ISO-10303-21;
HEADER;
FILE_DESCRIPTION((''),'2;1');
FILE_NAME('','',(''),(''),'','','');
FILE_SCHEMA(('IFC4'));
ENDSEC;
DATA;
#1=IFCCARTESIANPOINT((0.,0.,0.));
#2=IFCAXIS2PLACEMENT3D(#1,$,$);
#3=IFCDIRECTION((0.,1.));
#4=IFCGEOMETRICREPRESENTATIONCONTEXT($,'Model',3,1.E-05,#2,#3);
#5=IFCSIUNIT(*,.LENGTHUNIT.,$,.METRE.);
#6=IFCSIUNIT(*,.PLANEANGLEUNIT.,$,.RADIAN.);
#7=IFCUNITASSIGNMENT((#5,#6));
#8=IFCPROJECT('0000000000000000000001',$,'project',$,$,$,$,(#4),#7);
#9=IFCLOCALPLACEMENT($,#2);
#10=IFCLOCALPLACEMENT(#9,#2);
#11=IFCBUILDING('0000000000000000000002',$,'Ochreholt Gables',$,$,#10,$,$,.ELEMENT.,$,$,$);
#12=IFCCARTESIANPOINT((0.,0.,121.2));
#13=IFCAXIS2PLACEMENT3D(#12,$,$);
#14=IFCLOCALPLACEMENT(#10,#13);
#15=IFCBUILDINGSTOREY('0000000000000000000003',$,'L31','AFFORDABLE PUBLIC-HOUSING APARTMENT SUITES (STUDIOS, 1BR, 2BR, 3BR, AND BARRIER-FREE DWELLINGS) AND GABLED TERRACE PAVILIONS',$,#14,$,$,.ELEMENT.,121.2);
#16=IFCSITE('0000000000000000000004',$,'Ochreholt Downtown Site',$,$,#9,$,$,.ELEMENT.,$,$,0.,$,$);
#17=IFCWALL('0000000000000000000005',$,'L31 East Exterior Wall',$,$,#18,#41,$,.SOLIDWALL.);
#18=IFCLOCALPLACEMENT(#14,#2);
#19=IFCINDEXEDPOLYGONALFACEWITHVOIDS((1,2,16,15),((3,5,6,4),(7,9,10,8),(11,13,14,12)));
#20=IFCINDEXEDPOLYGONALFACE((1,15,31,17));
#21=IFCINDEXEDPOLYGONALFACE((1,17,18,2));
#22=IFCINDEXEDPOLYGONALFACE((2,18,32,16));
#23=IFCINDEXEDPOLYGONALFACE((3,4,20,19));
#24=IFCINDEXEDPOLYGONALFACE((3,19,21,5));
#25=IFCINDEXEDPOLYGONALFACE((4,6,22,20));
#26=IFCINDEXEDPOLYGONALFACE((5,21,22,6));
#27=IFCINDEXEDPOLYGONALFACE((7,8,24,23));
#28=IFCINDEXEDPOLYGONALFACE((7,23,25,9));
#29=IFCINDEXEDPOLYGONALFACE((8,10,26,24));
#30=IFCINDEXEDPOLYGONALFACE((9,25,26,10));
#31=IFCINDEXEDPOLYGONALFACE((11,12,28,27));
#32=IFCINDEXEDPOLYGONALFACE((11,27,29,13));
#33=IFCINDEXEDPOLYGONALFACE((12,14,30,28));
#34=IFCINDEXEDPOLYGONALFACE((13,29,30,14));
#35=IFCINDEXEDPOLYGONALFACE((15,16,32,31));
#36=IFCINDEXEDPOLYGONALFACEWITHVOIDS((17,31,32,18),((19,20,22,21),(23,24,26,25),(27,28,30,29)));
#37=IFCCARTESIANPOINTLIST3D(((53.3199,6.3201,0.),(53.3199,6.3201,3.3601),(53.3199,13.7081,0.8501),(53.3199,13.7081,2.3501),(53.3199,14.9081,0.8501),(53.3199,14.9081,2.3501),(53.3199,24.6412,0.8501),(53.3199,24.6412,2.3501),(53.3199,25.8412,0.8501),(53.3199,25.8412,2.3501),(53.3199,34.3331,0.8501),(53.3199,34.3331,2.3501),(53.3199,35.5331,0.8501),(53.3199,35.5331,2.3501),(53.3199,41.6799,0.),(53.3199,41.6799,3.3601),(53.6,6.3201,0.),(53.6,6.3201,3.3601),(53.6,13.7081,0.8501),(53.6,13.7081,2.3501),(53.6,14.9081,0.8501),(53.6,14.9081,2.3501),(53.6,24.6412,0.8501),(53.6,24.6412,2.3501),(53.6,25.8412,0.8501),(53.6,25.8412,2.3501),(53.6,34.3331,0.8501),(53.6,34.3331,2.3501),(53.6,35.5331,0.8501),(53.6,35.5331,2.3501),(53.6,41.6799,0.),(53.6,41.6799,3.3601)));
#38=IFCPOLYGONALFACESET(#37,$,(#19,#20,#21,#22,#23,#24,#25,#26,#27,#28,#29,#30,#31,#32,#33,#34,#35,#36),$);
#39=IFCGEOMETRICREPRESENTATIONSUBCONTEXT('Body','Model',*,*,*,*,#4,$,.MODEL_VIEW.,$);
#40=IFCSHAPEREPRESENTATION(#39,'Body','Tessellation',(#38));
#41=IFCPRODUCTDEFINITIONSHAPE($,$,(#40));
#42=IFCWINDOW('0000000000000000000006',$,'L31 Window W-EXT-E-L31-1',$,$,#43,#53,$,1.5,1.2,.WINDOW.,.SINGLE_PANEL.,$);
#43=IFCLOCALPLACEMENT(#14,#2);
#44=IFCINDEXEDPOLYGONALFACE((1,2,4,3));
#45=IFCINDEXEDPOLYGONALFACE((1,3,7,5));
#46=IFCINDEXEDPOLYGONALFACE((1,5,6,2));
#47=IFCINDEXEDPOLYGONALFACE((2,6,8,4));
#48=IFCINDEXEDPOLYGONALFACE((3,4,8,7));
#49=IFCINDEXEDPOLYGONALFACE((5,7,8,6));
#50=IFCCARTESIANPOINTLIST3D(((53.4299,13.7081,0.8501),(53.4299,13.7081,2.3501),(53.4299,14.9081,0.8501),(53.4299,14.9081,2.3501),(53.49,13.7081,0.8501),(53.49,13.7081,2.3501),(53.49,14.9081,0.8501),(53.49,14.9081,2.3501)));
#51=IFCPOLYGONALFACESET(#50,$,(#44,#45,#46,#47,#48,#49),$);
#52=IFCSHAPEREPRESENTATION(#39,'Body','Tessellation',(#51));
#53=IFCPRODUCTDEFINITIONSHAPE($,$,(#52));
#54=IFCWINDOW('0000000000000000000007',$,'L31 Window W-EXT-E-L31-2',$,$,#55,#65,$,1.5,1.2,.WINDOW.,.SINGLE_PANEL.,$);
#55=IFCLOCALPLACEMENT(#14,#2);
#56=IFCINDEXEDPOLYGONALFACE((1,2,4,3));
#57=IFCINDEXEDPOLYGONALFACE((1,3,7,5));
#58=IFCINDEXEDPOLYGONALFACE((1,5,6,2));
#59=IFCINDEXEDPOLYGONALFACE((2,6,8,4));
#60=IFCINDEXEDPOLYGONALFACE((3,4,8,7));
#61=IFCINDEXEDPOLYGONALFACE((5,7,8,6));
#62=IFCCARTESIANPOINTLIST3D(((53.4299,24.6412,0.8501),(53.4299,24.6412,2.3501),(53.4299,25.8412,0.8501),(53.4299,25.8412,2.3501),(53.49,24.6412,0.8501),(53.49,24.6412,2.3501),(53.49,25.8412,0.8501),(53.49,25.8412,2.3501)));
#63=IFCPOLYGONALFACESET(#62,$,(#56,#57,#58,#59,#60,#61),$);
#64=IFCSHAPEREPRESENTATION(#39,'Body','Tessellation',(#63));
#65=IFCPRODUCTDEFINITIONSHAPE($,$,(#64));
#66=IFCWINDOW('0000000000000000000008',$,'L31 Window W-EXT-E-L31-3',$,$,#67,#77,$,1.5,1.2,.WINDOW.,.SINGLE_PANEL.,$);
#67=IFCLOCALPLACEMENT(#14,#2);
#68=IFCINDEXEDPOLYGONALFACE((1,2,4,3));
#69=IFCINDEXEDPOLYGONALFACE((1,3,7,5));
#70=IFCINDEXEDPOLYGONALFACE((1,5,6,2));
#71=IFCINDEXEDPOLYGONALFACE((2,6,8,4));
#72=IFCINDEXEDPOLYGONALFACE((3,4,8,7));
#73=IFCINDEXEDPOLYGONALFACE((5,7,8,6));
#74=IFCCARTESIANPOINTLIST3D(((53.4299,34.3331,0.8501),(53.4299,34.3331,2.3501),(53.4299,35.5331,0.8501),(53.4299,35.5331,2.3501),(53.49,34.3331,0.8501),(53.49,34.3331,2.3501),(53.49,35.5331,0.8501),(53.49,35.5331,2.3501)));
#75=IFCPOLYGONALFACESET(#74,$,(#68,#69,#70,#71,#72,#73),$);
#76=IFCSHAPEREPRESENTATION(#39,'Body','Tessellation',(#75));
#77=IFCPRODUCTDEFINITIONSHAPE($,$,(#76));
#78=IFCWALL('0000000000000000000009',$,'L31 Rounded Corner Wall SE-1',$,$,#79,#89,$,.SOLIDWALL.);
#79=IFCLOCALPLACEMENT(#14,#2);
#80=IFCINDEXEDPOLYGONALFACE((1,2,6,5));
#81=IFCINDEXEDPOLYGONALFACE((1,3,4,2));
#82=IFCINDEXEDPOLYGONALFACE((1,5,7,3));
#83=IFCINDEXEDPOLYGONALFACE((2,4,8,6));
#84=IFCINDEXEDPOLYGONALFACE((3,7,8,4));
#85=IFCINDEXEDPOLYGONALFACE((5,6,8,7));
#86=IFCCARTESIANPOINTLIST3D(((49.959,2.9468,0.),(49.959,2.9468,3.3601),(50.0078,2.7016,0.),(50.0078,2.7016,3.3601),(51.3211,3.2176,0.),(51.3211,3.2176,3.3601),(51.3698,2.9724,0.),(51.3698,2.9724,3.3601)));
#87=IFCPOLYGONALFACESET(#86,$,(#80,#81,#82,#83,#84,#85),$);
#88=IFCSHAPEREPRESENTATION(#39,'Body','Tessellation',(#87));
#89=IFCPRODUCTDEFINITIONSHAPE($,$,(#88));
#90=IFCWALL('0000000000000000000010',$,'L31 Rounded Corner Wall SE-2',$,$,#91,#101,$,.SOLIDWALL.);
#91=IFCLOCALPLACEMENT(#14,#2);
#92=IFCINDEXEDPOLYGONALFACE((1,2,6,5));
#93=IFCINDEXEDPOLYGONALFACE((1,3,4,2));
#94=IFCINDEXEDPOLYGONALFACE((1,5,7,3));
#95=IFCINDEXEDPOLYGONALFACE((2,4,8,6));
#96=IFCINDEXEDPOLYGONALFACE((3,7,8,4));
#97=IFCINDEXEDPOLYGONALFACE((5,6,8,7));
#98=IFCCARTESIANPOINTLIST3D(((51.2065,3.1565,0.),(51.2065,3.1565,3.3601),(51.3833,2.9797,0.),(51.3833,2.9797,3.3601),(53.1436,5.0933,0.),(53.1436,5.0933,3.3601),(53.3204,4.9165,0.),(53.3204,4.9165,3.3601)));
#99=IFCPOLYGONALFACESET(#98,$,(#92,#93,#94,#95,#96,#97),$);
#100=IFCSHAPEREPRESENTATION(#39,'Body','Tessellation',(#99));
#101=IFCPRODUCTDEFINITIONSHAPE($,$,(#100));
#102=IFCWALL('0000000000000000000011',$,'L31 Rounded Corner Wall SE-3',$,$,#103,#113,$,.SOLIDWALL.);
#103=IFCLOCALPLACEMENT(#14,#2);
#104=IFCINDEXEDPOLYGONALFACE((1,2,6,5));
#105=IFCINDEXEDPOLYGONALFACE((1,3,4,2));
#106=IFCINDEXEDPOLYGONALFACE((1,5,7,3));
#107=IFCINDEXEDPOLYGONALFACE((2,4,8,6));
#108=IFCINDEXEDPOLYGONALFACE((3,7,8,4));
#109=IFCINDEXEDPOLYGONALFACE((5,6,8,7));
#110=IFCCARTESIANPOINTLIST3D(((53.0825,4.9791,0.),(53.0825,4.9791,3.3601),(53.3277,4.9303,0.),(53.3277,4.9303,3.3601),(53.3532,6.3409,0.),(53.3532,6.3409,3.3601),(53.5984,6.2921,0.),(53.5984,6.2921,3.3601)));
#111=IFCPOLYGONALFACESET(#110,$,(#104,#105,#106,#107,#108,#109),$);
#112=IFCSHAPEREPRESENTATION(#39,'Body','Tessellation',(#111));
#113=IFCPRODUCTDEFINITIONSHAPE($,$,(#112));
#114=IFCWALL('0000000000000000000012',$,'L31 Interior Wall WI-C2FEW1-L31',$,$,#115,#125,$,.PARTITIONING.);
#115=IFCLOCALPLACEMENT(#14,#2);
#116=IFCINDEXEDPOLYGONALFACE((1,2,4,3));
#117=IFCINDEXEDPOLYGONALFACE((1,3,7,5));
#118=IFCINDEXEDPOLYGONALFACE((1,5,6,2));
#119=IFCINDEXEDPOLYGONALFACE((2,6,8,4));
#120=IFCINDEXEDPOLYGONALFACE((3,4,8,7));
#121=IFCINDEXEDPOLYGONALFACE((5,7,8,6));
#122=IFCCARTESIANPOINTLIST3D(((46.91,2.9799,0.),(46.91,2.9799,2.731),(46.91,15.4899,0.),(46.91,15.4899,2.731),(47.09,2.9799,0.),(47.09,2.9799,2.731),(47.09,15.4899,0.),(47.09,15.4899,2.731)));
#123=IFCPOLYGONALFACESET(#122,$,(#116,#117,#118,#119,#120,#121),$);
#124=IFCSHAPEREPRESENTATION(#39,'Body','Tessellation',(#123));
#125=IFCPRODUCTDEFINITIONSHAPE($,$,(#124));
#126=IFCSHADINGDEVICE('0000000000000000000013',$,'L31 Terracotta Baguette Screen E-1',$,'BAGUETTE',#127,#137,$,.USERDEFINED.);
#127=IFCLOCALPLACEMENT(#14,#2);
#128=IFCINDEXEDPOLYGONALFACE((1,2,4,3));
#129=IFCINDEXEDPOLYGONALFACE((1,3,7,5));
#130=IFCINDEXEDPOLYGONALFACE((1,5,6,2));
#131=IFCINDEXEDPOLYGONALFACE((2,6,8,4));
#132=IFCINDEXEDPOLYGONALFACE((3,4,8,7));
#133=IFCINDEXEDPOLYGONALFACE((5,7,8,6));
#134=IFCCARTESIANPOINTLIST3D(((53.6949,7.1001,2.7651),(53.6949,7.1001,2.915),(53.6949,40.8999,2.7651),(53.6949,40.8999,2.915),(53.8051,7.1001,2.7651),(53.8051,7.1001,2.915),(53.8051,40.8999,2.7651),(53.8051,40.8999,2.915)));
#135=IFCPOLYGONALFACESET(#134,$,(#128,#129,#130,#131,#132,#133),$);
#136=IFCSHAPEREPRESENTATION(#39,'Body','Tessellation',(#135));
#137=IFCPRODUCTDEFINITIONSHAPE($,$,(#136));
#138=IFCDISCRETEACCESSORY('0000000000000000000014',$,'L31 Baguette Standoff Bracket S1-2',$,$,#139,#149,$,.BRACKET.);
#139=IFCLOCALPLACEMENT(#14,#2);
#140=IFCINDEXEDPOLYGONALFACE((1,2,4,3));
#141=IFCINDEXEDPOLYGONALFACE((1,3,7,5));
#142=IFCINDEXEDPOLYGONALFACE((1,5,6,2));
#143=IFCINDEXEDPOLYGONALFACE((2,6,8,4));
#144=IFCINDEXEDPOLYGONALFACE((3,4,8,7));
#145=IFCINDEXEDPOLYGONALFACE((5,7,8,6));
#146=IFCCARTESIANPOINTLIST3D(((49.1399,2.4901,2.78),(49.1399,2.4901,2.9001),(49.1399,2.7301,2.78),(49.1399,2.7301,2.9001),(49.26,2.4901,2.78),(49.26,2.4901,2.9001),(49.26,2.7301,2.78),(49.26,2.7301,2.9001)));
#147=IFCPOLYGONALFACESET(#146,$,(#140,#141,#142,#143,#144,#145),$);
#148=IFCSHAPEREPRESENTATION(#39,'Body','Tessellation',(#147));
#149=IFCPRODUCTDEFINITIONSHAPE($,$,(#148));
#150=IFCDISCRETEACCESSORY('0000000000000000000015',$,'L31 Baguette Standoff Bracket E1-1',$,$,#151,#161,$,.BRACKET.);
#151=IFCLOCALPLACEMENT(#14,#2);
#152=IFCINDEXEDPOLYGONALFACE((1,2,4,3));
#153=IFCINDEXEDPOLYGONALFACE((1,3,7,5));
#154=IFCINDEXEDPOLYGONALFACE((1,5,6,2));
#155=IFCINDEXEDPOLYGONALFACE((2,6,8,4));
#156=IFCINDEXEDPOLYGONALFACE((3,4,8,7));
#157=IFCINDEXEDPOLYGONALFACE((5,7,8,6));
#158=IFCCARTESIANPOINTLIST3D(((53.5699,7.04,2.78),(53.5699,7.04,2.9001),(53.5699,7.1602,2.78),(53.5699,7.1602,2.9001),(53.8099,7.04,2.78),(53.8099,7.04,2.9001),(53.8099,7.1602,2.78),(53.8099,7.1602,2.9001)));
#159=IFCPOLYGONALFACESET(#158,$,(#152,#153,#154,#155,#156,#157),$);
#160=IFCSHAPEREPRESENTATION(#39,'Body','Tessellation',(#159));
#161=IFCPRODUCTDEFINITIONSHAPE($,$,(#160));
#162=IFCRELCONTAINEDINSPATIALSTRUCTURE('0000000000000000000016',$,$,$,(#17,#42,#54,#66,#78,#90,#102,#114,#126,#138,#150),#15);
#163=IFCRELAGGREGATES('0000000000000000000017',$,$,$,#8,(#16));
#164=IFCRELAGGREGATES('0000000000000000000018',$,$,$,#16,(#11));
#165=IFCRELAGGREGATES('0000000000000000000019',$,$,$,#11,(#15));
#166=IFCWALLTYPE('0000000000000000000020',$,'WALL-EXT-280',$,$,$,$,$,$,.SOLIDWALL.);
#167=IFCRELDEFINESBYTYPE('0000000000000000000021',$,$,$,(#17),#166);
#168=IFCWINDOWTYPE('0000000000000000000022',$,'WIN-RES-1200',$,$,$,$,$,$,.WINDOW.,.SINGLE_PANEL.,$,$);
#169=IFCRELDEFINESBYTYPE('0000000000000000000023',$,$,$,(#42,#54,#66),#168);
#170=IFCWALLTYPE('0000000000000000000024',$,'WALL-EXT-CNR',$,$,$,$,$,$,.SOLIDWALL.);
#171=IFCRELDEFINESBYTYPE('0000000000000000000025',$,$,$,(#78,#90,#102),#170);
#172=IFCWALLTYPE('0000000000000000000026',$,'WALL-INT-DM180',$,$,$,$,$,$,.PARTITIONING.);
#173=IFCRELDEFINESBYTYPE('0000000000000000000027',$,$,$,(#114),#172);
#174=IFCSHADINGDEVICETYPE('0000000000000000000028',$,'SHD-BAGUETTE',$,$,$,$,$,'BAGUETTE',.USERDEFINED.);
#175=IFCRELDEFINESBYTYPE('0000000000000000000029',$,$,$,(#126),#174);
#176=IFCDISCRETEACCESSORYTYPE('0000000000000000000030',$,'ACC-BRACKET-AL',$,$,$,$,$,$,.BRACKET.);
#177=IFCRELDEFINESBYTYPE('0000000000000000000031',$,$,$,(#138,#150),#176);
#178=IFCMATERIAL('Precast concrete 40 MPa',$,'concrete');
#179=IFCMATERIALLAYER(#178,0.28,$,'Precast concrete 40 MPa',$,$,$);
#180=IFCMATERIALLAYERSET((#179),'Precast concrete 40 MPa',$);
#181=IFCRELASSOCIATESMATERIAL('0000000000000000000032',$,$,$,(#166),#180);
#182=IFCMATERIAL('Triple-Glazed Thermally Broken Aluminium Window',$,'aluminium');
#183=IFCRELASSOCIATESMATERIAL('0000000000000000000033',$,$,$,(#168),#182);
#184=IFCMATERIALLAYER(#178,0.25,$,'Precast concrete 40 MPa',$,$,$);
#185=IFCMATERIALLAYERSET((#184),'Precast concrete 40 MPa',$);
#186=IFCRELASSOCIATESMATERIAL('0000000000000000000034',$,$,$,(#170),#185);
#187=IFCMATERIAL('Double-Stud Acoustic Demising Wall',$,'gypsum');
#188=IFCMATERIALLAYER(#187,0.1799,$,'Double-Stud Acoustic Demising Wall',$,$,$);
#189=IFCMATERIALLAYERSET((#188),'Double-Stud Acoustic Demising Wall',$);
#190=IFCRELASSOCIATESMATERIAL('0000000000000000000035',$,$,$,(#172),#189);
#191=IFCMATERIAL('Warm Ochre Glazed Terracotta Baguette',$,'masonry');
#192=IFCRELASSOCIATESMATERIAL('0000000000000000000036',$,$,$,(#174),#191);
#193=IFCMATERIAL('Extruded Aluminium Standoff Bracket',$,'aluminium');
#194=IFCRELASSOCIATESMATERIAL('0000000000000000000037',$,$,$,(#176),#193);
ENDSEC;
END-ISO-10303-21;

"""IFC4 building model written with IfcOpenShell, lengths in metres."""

from ifc_helpers import new_model, si_unit, direction, frame, frame_2d, origin, origin_2d, place, context, subcontext, project, spatial, rectangle, extrude, material, layer, layer_set, material_profile, profile_set, type_object, element, fill, save


model = new_model("IFC4")

# Units and contexts
model_context = context("Model", 3, precision=1e-05, world=origin(), true_north=direction((0.0, 1.0)))
body_context = subcontext(model_context, "Body", "Model", "MODEL_VIEW")
ifc_project = project(units=[si_unit("LENGTHUNIT", "METRE"), si_unit("PLANEANGLEUNIT", "RADIAN")], contexts=[model_context])

# Site, building, storey
site_placement = place(None, origin())
site = spatial("IfcSite", under=ifc_project, at=site_placement, Name="Ochreholt Downtown Site", CompositionType="ELEMENT", RefElevation=0.0)
building_placement = place(site_placement, origin())
building = spatial("IfcBuilding", under=site, at=building_placement, Name="Ochreholt Gables", CompositionType="ELEMENT")
storey_placement = place(building_placement, frame((0.0, 0.0, 121.2)))
storey = spatial("IfcBuildingStorey", under=building, at=storey_placement, Name="L31", Description="AFFORDABLE PUBLIC-HOUSING APARTMENT SUITES (STUDIOS, 1BR, 2BR, 3BR, AND BARRIER-FREE DWELLINGS) AND GABLED TERRACE PAVILIONS", CompositionType="ELEMENT", Elevation=121.2)

# Wall, openings, windows
ifc_material_1 = material(Name="Precast concrete 40 MPa", Category="concrete")
ifc_layer_1 = layer(ifc_material_1, 0.28, Name="Precast concrete 40 MPa")
ifc_layer_set_1 = layer_set([ifc_layer_1], Name="Precast concrete 40 MPa")
wall_type_1 = type_object("IfcWallType", Name="WALL-EXT-280", PredefinedType="SOLIDWALL", material=ifc_layer_set_1)
wall_1_placement = place(storey_placement, frame((53.46, 6.3201, 0.0), z_axis=(0.0, 0.0, 1.0), x_axis=(0.0, 1.0, 0.0)))
wall_1 = element("IfcWall", 1, at=wall_1_placement, inside=storey, type_object=wall_type_1, Name="L31 East Exterior Wall", PredefinedType="SOLIDWALL", context=body_context, shape_type="SweptSolid", body=[
    extrude(rectangle(XDim=35.3599, YDim=0.28, at=frame_2d((17.6799, 0.0))), origin(), (0.0, 0.0, 1.0), 3.3601),
])
opening_1_placement = place(wall_1_placement, frame((7.3879, 0.0, 0.8501)))
opening_1 = element("IfcOpeningElement", 2, at=opening_1_placement, cuts=wall_1, PredefinedType="OPENING", context=body_context, shape_type="SweptSolid", body=[
    extrude(rectangle(XDim=1.2, YDim=1.5, at=frame_2d((0.6001, 0.75))), frame((0.0, 0.1499, 0.0), z_axis=(0.0, -1.0, 0.0), x_axis=(1.0, 0.0, 0.0)), (0.0, 0.0, 1.0), 0.3),
])
opening_2_placement = place(wall_1_placement, frame((18.321, 0.0, 0.8501)))
opening_2 = element("IfcOpeningElement", 3, at=opening_2_placement, cuts=wall_1, PredefinedType="OPENING", context=body_context, shape_type="SweptSolid", body=[
    extrude(rectangle(XDim=1.2, YDim=1.5, at=frame_2d((0.6001, 0.75))), frame((0.0, 0.1499, 0.0), z_axis=(0.0, -1.0, 0.0), x_axis=(1.0, 0.0, 0.0)), (0.0, 0.0, 1.0), 0.3),
])
opening_3_placement = place(wall_1_placement, frame((28.0129, 0.0, 0.8501)))
opening_3 = element("IfcOpeningElement", 4, at=opening_3_placement, cuts=wall_1, PredefinedType="OPENING", context=body_context, shape_type="SweptSolid", body=[
    extrude(rectangle(XDim=1.2, YDim=1.5, at=frame_2d((0.6001, 0.75))), frame((0.0, 0.1499, 0.0), z_axis=(0.0, -1.0, 0.0), x_axis=(1.0, 0.0, 0.0)), (0.0, 0.0, 1.0), 0.3),
])
ifc_material_2 = material(Name="Triple-Glazed Thermally Broken Aluminium Window", Category="aluminium")
window_type = type_object("IfcWindowType", Name="WIN-RES-1200", PartitioningType="SINGLE_PANEL", PredefinedType="WINDOW", material=ifc_material_2)
window_1_placement = place(opening_1_placement, origin())
window_1 = element("IfcWindow", 5, at=window_1_placement, inside=storey, type_object=window_type, Name="L31 Window W-EXT-E-L31-1", OverallHeight=1.5, OverallWidth=1.2, PartitioningType="SINGLE_PANEL", PredefinedType="WINDOW", context=body_context, shape_type="SweptSolid", body=[
    extrude(rectangle(XDim=1.2, YDim=1.5, at=frame_2d((0.6001, 0.75))), frame((0.0, 0.03, 0.0), z_axis=(0.0, -1.0, 0.0), x_axis=(1.0, 0.0, 0.0)), (0.0, 0.0, 1.0), 0.0601),
])
fill(opening_1, window_1)
window_2_placement = place(opening_2_placement, origin())
window_2 = element("IfcWindow", 6, at=window_2_placement, inside=storey, type_object=window_type, Name="L31 Window W-EXT-E-L31-2", OverallHeight=1.5, OverallWidth=1.2, PartitioningType="SINGLE_PANEL", PredefinedType="WINDOW", context=body_context, shape_type="SweptSolid", body=[
    extrude(rectangle(XDim=1.2, YDim=1.5, at=frame_2d((0.6001, 0.75))), frame((0.0, 0.03, 0.0), z_axis=(0.0, -1.0, 0.0), x_axis=(1.0, 0.0, 0.0)), (0.0, 0.0, 1.0), 0.0601),
])
fill(opening_2, window_2)
window_3_placement = place(opening_3_placement, origin())
window_3 = element("IfcWindow", 7, at=window_3_placement, inside=storey, type_object=window_type, Name="L31 Window W-EXT-E-L31-3", OverallHeight=1.5, OverallWidth=1.2, PartitioningType="SINGLE_PANEL", PredefinedType="WINDOW", context=body_context, shape_type="SweptSolid", body=[
    extrude(rectangle(XDim=1.2, YDim=1.5, at=frame_2d((0.6001, 0.75))), frame((0.0, 0.03, 0.0), z_axis=(0.0, -1.0, 0.0), x_axis=(1.0, 0.0, 0.0)), (0.0, 0.0, 1.0), 0.0601),
])
fill(opening_3, window_3)

# Walls
ifc_layer_2 = layer(ifc_material_1, 0.25, Name="Precast concrete 40 MPa")
ifc_layer_set_2 = layer_set([ifc_layer_2], Name="Precast concrete 40 MPa")
wall_type_2 = type_object("IfcWallType", Name="WALL-EXT-CNR", PredefinedType="SOLIDWALL", material=ifc_layer_set_2)
wall_2_placement = place(storey_placement, frame((49.9834, 2.8242, 0.0), z_axis=(0.0, 0.0, 1.0), x_axis=(0.98081, 0.194967, 0.0)))
element("IfcWall", 8, at=wall_2_placement, inside=storey, type_object=wall_type_2, Name="L31 Rounded Corner Wall SE-1", PredefinedType="SOLIDWALL", context=body_context, shape_type="SweptSolid", body=[
    extrude(rectangle(XDim=1.3887, YDim=0.25, at=frame_2d((0.6943, 0.0))), origin(), (0.0, 0.0, 1.0), 3.3601),
])
wall_3_placement = place(storey_placement, frame((51.2949, 3.0681, 0.0), z_axis=(0.0, 0.0, 1.0), x_axis=(0.707151, 0.707062, 0.0)))
element("IfcWall", 9, at=wall_3_placement, inside=storey, type_object=wall_type_2, Name="L31 Rounded Corner Wall SE-2", PredefinedType="SOLIDWALL", context=body_context, shape_type="SweptSolid", body=[
    extrude(rectangle(XDim=2.7393, YDim=0.25, at=frame_2d((1.3696, 0.0))), origin(), (0.0, 0.0, 1.0), 3.3601),
])
wall_4_placement = place(storey_placement, frame((53.2051, 4.9546, 0.0), z_axis=(0.0, 0.0, 1.0), x_axis=(0.195, 0.980803, 0.0)))
element("IfcWall", 10, at=wall_4_placement, inside=storey, type_object=wall_type_2, Name="L31 Rounded Corner Wall SE-3", PredefinedType="SOLIDWALL", context=body_context, shape_type="SweptSolid", body=[
    extrude(rectangle(XDim=1.3884, YDim=0.25, at=frame_2d((0.6943, 0.0))), origin(), (0.0, 0.0, 1.0), 3.3601),
])
ifc_material_3 = material(Name="Double-Stud Acoustic Demising Wall", Category="gypsum")
ifc_layer_3 = layer(ifc_material_3, 0.1799, Name="Double-Stud Acoustic Demising Wall")
ifc_layer_set_3 = layer_set([ifc_layer_3], Name="Double-Stud Acoustic Demising Wall")
wall_type_3 = type_object("IfcWallType", Name="WALL-INT-DM180", PredefinedType="PARTITIONING", material=ifc_layer_set_3)
wall_5_placement = place(storey_placement, frame((47.0, 2.98, 0.0), z_axis=(0.0, 0.0, 1.0), x_axis=(0.0, 1.0, 0.0)))
element("IfcWall", 11, at=wall_5_placement, inside=storey, type_object=wall_type_3, Name="L31 Interior Wall WI-C2FEW1-L31", PredefinedType="PARTITIONING", context=body_context, shape_type="SweptSolid", body=[
    extrude(rectangle(XDim=12.51, YDim=0.1799, at=frame_2d((6.2549, 0.0))), origin(), (0.0, 0.0, 1.0), 2.731),
])

# Shading device
ifc_material_4 = material(Name="Warm Ochre Glazed Terracotta Baguette", Category="masonry")
ifc_material_profile_1 = material_profile(ifc_material_4, rectangle(XDim=0.1101, YDim=0.1499, at=origin_2d()), Name="TCBAG110X150")
ifc_profile_set_1 = profile_set([ifc_material_profile_1], Name="Warm Ochre Glazed Terracotta Baguette")
shading_device_type = type_object("IfcShadingDeviceType", Name="SHD-BAGUETTE", ElementType="BAGUETTE", PredefinedType="USERDEFINED", material=ifc_profile_set_1)
shading_device_placement = place(storey_placement, frame((53.75, 7.1001, 2.8401), z_axis=(0.0, 1.0, 0.0), x_axis=(-1.0, 0.0, 0.0)))
element("IfcShadingDevice", 12, at=shading_device_placement, inside=storey, type_object=shading_device_type, Name="L31 Terracotta Baguette Screen E-1", ObjectType="BAGUETTE", PredefinedType="USERDEFINED", context=body_context, shape_type="SweptSolid", body=[
    extrude(rectangle(XDim=0.1101, YDim=0.1499, at=origin_2d()), origin(), (0.0, 0.0, 1.0), 33.7998),
])

# Discrete accessories
ifc_material_5 = material(Name="Extruded Aluminium Standoff Bracket", Category="aluminium")
discrete_accessory_type = type_object("IfcDiscreteAccessoryType", Name="ACC-BRACKET-AL", PredefinedType="BRACKET", material=ifc_material_5)
for number, where, z_axis, x_axis, name in (
    (13, (49.2, 2.6101, 2.78), (0.0, 0.0, 1.0), (1.0, 0.0, 0.0), "L31 Baguette Standoff Bracket S1-2"),
    (14, (53.6899, 7.1001, 2.78), (0.0, 0.0, 1.0), (0.0, 1.0, 0.0), "L31 Baguette Standoff Bracket E1-1"),
):
    element("IfcDiscreteAccessory", number, at=place(storey_placement, frame(where, z_axis=z_axis, x_axis=x_axis)), inside=storey, type_object=discrete_accessory_type, Name=name, PredefinedType="BRACKET", context=body_context, shape_type="SweptSolid", body=[
        extrude(rectangle(XDim=0.1201, YDim=0.24, at=origin_2d()), origin(), (0.0, 0.0, 1.0), 0.1201),
    ])

save(model, "model.ifc")
